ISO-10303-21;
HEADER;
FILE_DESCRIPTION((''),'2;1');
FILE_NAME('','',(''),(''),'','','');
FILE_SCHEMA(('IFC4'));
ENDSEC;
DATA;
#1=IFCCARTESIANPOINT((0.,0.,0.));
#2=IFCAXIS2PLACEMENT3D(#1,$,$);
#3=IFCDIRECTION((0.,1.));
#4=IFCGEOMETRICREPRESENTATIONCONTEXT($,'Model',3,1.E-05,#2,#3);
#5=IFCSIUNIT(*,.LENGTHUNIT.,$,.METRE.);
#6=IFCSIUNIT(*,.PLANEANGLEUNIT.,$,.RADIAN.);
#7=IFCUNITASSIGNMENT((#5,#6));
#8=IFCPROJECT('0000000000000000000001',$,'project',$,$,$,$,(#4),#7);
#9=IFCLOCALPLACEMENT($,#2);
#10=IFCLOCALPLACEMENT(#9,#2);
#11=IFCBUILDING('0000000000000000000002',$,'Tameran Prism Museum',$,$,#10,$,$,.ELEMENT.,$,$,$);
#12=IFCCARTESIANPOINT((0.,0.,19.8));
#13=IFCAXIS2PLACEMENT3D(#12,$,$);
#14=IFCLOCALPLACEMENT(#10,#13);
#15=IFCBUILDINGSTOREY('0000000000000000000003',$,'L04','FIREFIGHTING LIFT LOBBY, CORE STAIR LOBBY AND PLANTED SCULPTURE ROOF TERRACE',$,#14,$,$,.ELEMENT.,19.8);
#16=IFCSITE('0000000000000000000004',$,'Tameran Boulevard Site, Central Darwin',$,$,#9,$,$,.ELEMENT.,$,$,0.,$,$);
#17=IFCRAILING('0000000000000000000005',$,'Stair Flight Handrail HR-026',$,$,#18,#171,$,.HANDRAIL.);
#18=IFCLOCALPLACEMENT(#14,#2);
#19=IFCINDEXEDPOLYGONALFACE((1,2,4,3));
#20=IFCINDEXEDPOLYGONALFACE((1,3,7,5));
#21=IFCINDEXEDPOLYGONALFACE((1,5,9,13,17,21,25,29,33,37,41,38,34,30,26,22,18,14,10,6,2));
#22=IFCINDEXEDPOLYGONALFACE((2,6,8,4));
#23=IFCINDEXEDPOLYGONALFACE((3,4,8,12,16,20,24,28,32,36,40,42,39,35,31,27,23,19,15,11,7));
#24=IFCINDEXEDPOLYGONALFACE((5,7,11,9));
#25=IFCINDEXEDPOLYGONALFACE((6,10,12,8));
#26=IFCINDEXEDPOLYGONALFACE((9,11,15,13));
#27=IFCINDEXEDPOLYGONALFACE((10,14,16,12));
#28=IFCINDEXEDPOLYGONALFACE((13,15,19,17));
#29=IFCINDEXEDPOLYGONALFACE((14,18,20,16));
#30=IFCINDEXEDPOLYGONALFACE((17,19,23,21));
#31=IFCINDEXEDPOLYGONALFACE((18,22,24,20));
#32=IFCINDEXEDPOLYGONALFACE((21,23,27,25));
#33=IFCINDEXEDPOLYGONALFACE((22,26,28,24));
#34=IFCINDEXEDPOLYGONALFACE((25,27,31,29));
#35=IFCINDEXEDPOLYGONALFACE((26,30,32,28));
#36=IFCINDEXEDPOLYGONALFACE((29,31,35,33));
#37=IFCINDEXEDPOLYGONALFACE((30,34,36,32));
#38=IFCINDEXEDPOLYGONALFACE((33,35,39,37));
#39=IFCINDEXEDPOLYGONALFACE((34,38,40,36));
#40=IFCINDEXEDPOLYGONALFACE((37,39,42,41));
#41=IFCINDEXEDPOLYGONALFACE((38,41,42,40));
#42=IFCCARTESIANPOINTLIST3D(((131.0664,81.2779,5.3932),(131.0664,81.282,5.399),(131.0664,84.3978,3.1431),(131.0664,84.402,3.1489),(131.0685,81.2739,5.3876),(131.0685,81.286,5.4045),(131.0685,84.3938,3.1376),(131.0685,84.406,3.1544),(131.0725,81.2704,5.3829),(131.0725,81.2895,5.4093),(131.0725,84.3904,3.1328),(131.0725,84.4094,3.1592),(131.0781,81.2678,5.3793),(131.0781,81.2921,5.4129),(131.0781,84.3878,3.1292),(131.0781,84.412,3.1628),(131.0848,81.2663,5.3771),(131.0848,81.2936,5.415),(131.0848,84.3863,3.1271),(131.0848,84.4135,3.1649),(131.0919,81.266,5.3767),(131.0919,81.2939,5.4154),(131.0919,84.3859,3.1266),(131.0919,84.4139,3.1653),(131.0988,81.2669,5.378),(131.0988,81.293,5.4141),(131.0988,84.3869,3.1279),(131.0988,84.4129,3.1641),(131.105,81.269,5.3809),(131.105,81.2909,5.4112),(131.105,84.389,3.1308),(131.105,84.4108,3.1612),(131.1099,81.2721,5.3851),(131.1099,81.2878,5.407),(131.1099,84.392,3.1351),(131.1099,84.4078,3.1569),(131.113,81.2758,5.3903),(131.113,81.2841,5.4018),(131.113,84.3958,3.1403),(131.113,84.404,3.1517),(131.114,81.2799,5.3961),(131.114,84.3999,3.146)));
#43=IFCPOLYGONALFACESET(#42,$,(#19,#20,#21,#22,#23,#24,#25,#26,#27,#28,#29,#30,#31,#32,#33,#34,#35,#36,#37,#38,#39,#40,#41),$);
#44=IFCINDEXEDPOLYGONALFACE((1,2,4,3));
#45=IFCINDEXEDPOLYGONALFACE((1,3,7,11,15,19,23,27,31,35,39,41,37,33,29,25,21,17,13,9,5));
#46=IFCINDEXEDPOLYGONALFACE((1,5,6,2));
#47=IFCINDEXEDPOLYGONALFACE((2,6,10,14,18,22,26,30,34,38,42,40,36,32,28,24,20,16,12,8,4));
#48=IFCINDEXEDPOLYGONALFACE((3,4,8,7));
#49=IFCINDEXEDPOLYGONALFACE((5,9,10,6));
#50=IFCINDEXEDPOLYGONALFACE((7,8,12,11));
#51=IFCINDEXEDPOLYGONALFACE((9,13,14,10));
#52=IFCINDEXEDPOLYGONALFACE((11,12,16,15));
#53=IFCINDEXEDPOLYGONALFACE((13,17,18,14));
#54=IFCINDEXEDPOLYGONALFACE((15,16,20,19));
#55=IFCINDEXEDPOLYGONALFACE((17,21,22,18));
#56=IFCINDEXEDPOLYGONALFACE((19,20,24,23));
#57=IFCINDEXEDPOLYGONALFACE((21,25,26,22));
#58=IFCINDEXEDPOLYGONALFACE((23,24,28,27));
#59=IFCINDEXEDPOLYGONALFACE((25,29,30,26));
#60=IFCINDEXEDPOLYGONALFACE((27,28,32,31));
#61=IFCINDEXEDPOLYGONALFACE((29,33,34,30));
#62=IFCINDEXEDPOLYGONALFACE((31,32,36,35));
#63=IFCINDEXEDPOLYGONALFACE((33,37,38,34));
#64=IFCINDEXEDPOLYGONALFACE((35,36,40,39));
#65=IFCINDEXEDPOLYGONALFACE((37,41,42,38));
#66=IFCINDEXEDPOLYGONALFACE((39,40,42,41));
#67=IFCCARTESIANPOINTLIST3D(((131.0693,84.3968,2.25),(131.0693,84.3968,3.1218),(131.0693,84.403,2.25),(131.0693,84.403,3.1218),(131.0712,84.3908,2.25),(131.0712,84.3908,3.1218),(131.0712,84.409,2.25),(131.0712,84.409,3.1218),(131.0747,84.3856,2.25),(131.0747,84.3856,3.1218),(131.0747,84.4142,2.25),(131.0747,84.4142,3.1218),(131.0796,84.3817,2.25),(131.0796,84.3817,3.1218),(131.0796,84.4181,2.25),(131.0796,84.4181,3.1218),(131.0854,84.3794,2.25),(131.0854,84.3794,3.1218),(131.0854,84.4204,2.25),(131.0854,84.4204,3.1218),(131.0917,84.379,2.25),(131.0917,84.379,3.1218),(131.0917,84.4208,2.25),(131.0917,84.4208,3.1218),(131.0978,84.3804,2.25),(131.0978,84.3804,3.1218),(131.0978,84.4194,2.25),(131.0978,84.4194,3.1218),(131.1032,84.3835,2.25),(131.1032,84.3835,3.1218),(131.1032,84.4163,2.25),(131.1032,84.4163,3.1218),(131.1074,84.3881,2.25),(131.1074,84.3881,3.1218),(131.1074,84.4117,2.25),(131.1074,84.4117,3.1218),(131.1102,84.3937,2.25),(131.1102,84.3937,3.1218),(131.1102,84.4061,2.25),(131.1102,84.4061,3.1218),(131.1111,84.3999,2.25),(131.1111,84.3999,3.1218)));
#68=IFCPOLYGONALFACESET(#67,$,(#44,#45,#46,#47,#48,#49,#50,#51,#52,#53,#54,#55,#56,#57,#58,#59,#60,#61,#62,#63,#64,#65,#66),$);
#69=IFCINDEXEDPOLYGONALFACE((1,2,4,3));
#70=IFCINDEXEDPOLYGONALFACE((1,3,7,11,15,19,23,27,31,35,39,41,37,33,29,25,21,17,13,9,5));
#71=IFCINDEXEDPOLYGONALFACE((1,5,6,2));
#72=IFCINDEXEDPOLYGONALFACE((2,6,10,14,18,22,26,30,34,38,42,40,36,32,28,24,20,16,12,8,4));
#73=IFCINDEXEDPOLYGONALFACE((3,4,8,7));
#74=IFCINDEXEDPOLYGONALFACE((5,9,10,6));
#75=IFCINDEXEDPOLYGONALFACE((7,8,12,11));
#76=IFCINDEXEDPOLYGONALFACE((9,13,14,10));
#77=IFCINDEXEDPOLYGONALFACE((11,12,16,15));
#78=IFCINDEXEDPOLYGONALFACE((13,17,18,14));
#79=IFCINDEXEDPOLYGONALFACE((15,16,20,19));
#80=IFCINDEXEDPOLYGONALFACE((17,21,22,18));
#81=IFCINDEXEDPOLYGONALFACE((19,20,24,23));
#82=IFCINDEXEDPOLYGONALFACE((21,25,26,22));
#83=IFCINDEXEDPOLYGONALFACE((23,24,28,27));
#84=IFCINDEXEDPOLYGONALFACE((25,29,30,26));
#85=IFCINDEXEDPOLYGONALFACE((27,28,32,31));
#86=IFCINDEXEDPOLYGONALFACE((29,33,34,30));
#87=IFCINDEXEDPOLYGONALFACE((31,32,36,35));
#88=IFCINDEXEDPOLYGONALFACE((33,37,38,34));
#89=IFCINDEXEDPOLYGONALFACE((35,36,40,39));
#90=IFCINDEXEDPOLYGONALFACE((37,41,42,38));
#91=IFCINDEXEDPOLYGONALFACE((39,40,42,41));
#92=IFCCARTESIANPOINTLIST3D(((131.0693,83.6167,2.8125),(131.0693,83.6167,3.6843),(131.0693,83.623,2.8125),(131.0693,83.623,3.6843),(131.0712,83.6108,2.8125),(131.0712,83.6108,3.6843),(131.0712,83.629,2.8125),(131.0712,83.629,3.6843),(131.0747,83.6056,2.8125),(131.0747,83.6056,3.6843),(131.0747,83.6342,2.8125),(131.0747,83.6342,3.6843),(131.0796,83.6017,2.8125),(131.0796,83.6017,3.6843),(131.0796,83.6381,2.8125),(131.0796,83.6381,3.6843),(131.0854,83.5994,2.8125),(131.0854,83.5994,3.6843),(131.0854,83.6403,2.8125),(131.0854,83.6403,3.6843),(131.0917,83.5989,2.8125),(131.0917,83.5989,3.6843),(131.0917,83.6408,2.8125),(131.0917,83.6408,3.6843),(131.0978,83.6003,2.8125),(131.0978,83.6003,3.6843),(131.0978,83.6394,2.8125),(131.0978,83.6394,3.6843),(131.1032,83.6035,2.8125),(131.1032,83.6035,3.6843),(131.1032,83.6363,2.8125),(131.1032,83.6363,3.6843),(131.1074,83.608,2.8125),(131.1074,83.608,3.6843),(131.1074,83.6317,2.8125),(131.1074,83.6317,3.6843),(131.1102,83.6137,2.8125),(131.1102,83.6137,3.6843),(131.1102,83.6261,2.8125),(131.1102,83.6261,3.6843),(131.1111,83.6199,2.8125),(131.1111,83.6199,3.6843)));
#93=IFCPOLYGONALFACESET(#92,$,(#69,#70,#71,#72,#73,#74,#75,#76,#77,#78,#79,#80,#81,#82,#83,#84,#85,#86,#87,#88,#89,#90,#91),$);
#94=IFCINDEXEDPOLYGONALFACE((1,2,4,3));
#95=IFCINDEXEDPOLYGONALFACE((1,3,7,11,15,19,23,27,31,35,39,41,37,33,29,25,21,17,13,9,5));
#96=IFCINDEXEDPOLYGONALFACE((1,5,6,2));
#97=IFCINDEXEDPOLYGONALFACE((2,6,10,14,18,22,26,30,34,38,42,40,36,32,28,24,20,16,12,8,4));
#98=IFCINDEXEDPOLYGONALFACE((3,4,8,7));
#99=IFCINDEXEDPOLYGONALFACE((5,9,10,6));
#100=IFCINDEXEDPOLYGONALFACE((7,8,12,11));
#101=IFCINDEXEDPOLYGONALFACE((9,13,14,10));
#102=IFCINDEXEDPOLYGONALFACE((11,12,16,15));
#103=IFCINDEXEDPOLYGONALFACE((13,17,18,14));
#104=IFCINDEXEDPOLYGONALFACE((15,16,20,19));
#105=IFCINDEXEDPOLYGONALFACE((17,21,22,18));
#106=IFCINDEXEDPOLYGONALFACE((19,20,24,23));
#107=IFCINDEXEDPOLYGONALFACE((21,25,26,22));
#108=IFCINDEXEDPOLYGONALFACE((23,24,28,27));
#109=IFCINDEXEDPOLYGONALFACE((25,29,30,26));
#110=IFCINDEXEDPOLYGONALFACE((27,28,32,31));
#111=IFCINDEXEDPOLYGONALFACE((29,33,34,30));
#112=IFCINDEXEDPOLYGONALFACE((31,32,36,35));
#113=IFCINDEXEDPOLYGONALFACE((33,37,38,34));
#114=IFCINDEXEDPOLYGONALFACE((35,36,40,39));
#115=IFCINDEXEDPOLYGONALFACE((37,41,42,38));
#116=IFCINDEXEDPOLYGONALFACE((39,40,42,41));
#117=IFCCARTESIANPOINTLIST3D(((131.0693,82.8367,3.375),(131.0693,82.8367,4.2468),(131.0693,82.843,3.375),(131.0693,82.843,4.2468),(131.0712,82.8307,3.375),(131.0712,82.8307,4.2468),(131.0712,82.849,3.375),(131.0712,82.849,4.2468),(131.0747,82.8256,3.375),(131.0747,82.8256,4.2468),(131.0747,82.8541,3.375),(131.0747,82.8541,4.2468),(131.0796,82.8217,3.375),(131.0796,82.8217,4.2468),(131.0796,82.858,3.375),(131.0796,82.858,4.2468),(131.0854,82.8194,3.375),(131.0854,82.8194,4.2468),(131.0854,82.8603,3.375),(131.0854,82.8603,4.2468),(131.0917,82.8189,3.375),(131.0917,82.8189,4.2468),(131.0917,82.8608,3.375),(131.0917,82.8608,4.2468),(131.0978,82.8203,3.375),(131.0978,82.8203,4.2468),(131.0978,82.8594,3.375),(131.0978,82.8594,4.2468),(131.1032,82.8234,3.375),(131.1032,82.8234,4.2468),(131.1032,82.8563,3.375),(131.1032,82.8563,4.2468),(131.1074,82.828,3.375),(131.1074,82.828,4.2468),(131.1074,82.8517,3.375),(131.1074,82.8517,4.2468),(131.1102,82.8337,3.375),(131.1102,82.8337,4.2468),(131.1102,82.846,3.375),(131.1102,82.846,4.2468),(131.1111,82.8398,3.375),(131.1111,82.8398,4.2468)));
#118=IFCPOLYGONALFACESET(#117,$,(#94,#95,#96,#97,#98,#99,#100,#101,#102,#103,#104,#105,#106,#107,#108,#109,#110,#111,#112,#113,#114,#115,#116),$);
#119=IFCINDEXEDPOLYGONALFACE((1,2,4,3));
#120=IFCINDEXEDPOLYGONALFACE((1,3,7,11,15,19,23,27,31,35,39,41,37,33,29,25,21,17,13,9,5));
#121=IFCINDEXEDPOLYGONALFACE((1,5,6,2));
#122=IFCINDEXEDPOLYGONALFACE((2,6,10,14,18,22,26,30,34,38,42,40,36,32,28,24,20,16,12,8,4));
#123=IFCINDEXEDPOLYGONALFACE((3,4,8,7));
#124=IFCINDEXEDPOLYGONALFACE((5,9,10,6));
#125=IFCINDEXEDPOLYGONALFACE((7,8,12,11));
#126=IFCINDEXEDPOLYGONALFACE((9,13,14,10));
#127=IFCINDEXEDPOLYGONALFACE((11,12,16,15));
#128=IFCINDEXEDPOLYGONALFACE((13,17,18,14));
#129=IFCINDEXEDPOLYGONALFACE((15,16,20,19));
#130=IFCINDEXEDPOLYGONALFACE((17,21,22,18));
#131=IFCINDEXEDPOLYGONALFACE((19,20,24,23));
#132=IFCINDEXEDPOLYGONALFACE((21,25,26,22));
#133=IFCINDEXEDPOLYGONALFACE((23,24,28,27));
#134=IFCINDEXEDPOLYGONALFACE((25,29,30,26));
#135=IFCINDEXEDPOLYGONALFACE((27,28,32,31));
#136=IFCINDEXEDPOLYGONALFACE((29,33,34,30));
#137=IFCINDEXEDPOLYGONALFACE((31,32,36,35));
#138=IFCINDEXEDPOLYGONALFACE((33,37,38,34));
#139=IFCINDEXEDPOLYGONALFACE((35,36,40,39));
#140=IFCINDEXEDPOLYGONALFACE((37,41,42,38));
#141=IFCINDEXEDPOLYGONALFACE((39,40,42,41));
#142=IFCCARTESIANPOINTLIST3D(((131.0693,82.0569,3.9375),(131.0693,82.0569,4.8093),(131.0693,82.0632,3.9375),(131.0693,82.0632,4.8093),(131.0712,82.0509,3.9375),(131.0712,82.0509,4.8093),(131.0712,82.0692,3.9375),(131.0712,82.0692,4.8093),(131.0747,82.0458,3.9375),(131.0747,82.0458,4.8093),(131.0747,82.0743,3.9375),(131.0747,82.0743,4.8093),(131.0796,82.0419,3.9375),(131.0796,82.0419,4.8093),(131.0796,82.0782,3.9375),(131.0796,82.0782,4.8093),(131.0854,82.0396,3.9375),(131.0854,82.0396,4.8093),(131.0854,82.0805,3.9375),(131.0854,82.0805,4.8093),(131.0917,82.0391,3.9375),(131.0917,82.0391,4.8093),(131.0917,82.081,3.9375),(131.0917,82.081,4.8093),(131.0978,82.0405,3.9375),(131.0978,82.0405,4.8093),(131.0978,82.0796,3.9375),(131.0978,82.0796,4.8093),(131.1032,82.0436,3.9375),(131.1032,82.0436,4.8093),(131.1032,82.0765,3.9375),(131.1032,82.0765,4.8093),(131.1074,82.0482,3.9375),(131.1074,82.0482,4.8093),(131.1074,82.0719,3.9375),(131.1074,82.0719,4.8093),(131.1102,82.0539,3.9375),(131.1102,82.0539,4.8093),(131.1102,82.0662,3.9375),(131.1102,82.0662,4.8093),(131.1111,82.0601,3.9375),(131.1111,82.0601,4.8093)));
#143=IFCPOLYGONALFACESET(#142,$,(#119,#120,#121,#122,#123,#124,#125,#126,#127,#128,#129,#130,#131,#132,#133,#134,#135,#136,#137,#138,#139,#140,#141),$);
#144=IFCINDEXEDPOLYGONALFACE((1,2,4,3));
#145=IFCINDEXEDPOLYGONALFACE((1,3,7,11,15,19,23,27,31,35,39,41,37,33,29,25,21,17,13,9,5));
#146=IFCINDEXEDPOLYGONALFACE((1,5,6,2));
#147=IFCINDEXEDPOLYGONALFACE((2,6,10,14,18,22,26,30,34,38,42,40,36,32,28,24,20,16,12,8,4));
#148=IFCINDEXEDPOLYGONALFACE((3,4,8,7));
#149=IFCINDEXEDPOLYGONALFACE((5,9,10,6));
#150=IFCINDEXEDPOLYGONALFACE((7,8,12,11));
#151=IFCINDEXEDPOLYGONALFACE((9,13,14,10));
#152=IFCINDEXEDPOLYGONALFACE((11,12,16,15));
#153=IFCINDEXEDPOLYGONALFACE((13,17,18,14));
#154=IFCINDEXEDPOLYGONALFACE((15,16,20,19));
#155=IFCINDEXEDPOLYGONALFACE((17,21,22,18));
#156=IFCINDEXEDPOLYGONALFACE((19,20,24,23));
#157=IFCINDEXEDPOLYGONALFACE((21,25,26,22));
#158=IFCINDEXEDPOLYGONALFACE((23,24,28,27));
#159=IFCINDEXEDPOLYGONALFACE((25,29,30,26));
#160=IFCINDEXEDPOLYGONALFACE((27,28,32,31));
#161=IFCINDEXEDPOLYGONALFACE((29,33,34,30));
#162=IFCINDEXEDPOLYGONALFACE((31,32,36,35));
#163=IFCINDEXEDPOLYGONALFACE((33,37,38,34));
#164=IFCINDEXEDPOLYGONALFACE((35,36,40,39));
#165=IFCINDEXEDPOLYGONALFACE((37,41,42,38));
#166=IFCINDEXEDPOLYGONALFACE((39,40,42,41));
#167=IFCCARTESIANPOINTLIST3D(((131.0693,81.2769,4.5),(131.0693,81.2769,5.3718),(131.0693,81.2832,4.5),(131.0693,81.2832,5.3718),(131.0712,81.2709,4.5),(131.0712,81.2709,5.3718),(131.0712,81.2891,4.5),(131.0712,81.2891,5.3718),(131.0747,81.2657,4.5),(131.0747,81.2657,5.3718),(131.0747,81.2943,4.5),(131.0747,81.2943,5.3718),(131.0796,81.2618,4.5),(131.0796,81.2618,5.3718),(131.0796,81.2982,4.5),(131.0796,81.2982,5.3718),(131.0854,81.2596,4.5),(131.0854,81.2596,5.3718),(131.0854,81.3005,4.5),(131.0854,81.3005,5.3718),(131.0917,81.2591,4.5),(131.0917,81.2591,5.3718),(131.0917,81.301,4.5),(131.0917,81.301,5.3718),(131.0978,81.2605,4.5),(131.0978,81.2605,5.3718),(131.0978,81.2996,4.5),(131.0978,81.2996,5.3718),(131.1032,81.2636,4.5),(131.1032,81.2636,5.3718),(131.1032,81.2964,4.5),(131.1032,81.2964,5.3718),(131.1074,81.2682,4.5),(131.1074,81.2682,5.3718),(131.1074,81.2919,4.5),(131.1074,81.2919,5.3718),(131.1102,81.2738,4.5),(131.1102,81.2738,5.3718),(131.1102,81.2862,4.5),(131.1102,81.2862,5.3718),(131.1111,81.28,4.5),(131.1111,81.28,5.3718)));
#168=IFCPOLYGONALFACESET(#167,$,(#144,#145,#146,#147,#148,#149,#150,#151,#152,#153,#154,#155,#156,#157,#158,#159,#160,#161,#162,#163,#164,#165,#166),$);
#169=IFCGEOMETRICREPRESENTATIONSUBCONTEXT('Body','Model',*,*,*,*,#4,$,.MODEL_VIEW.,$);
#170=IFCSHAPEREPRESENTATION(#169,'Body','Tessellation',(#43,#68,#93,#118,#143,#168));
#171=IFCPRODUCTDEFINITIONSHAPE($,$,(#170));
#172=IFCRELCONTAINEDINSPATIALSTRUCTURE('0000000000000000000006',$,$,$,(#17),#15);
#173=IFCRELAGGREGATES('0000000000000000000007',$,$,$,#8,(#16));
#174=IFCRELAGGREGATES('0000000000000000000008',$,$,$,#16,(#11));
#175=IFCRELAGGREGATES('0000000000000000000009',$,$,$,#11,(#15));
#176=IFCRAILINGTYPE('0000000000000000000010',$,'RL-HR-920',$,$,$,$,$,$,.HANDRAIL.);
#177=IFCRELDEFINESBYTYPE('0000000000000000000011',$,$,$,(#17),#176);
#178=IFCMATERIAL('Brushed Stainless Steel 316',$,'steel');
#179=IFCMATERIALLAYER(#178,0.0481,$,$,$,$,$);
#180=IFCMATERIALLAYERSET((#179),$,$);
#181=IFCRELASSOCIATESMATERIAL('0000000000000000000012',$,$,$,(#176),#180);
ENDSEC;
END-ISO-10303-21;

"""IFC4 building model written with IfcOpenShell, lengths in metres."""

from ifc_helpers import new_model, si_unit, direction, frame, origin, origin_2d, place, context, subcontext, project, spatial, circle, extrude, material, layer, layer_set, type_object, element, save


model = new_model("IFC4")

# Units and contexts
model_context = context("Model", 3, precision=1e-05, world=origin(), true_north=direction((0.0, 1.0)))
body_context = subcontext(model_context, "Body", "Model", "MODEL_VIEW")
ifc_project = project(units=[si_unit("LENGTHUNIT", "METRE"), si_unit("PLANEANGLEUNIT", "RADIAN")], contexts=[model_context])

# Site, building, storey
site_placement = place(None, origin())
site = spatial("IfcSite", under=ifc_project, at=site_placement, Name="Tameran Boulevard Site, Central Darwin", CompositionType="ELEMENT", RefElevation=0.0)
building_placement = place(site_placement, origin())
building = spatial("IfcBuilding", under=site, at=building_placement, Name="Tameran Prism Museum", CompositionType="ELEMENT")
storey_placement = place(building_placement, frame((0.0, 0.0, 19.8)))
storey = spatial("IfcBuildingStorey", under=building, at=storey_placement, Name="L04", Description="FIREFIGHTING LIFT LOBBY, CORE STAIR LOBBY AND PLANTED SCULPTURE ROOF TERRACE", CompositionType="ELEMENT", Elevation=19.8)

# Railing
ifc_material_1 = material(Name="Brushed Stainless Steel 316", Category="steel")
ifc_layer_1 = layer(ifc_material_1, 0.0481)
ifc_layer_set_1 = layer_set([ifc_layer_1])
railing_type_1 = type_object("IfcRailingType", Name="RL-HR-920", PredefinedType="HANDRAIL", material=ifc_layer_set_1)
for number, where, name in (
    (1, (131.0901, 84.3999, 2.25), "Stair Flight Handrail HR-026"),
):
    element("IfcRailing", number, at=place(storey_placement, frame(where)), inside=storey, type_object=railing_type_1, Name=name, PredefinedType="HANDRAIL", context=body_context, shape_type="SweptSolid", body=[
        extrude(circle(Radius=0.0239, at=origin_2d()), frame((0.0, 0.0, 0.896), z_axis=(0.0, -0.811079, 0.584937), x_axis=(1.0, 0.0, 0.0)), (0.0, 0.0, 1.0), 3.8467),
        extrude(circle(Radius=0.021, at=origin_2d()), origin(), (0.0, 0.0, 1.0), 0.8718),
        extrude(circle(Radius=0.021, at=origin_2d()), frame((0.0, -0.78, 0.5625)), (0.0, 0.0, 1.0), 0.8718),
        extrude(circle(Radius=0.021, at=origin_2d()), frame((0.0, -1.5601, 1.125)), (0.0, 0.0, 1.0), 0.8718),
        extrude(circle(Radius=0.021, at=origin_2d()), frame((0.0, -2.3398, 1.6875)), (0.0, 0.0, 1.0), 0.8718),
        extrude(circle(Radius=0.021, at=origin_2d()), frame((0.0, -3.1199, 2.25)), (0.0, 0.0, 1.0), 0.8718),
    ])

save(model, "model.ifc")
